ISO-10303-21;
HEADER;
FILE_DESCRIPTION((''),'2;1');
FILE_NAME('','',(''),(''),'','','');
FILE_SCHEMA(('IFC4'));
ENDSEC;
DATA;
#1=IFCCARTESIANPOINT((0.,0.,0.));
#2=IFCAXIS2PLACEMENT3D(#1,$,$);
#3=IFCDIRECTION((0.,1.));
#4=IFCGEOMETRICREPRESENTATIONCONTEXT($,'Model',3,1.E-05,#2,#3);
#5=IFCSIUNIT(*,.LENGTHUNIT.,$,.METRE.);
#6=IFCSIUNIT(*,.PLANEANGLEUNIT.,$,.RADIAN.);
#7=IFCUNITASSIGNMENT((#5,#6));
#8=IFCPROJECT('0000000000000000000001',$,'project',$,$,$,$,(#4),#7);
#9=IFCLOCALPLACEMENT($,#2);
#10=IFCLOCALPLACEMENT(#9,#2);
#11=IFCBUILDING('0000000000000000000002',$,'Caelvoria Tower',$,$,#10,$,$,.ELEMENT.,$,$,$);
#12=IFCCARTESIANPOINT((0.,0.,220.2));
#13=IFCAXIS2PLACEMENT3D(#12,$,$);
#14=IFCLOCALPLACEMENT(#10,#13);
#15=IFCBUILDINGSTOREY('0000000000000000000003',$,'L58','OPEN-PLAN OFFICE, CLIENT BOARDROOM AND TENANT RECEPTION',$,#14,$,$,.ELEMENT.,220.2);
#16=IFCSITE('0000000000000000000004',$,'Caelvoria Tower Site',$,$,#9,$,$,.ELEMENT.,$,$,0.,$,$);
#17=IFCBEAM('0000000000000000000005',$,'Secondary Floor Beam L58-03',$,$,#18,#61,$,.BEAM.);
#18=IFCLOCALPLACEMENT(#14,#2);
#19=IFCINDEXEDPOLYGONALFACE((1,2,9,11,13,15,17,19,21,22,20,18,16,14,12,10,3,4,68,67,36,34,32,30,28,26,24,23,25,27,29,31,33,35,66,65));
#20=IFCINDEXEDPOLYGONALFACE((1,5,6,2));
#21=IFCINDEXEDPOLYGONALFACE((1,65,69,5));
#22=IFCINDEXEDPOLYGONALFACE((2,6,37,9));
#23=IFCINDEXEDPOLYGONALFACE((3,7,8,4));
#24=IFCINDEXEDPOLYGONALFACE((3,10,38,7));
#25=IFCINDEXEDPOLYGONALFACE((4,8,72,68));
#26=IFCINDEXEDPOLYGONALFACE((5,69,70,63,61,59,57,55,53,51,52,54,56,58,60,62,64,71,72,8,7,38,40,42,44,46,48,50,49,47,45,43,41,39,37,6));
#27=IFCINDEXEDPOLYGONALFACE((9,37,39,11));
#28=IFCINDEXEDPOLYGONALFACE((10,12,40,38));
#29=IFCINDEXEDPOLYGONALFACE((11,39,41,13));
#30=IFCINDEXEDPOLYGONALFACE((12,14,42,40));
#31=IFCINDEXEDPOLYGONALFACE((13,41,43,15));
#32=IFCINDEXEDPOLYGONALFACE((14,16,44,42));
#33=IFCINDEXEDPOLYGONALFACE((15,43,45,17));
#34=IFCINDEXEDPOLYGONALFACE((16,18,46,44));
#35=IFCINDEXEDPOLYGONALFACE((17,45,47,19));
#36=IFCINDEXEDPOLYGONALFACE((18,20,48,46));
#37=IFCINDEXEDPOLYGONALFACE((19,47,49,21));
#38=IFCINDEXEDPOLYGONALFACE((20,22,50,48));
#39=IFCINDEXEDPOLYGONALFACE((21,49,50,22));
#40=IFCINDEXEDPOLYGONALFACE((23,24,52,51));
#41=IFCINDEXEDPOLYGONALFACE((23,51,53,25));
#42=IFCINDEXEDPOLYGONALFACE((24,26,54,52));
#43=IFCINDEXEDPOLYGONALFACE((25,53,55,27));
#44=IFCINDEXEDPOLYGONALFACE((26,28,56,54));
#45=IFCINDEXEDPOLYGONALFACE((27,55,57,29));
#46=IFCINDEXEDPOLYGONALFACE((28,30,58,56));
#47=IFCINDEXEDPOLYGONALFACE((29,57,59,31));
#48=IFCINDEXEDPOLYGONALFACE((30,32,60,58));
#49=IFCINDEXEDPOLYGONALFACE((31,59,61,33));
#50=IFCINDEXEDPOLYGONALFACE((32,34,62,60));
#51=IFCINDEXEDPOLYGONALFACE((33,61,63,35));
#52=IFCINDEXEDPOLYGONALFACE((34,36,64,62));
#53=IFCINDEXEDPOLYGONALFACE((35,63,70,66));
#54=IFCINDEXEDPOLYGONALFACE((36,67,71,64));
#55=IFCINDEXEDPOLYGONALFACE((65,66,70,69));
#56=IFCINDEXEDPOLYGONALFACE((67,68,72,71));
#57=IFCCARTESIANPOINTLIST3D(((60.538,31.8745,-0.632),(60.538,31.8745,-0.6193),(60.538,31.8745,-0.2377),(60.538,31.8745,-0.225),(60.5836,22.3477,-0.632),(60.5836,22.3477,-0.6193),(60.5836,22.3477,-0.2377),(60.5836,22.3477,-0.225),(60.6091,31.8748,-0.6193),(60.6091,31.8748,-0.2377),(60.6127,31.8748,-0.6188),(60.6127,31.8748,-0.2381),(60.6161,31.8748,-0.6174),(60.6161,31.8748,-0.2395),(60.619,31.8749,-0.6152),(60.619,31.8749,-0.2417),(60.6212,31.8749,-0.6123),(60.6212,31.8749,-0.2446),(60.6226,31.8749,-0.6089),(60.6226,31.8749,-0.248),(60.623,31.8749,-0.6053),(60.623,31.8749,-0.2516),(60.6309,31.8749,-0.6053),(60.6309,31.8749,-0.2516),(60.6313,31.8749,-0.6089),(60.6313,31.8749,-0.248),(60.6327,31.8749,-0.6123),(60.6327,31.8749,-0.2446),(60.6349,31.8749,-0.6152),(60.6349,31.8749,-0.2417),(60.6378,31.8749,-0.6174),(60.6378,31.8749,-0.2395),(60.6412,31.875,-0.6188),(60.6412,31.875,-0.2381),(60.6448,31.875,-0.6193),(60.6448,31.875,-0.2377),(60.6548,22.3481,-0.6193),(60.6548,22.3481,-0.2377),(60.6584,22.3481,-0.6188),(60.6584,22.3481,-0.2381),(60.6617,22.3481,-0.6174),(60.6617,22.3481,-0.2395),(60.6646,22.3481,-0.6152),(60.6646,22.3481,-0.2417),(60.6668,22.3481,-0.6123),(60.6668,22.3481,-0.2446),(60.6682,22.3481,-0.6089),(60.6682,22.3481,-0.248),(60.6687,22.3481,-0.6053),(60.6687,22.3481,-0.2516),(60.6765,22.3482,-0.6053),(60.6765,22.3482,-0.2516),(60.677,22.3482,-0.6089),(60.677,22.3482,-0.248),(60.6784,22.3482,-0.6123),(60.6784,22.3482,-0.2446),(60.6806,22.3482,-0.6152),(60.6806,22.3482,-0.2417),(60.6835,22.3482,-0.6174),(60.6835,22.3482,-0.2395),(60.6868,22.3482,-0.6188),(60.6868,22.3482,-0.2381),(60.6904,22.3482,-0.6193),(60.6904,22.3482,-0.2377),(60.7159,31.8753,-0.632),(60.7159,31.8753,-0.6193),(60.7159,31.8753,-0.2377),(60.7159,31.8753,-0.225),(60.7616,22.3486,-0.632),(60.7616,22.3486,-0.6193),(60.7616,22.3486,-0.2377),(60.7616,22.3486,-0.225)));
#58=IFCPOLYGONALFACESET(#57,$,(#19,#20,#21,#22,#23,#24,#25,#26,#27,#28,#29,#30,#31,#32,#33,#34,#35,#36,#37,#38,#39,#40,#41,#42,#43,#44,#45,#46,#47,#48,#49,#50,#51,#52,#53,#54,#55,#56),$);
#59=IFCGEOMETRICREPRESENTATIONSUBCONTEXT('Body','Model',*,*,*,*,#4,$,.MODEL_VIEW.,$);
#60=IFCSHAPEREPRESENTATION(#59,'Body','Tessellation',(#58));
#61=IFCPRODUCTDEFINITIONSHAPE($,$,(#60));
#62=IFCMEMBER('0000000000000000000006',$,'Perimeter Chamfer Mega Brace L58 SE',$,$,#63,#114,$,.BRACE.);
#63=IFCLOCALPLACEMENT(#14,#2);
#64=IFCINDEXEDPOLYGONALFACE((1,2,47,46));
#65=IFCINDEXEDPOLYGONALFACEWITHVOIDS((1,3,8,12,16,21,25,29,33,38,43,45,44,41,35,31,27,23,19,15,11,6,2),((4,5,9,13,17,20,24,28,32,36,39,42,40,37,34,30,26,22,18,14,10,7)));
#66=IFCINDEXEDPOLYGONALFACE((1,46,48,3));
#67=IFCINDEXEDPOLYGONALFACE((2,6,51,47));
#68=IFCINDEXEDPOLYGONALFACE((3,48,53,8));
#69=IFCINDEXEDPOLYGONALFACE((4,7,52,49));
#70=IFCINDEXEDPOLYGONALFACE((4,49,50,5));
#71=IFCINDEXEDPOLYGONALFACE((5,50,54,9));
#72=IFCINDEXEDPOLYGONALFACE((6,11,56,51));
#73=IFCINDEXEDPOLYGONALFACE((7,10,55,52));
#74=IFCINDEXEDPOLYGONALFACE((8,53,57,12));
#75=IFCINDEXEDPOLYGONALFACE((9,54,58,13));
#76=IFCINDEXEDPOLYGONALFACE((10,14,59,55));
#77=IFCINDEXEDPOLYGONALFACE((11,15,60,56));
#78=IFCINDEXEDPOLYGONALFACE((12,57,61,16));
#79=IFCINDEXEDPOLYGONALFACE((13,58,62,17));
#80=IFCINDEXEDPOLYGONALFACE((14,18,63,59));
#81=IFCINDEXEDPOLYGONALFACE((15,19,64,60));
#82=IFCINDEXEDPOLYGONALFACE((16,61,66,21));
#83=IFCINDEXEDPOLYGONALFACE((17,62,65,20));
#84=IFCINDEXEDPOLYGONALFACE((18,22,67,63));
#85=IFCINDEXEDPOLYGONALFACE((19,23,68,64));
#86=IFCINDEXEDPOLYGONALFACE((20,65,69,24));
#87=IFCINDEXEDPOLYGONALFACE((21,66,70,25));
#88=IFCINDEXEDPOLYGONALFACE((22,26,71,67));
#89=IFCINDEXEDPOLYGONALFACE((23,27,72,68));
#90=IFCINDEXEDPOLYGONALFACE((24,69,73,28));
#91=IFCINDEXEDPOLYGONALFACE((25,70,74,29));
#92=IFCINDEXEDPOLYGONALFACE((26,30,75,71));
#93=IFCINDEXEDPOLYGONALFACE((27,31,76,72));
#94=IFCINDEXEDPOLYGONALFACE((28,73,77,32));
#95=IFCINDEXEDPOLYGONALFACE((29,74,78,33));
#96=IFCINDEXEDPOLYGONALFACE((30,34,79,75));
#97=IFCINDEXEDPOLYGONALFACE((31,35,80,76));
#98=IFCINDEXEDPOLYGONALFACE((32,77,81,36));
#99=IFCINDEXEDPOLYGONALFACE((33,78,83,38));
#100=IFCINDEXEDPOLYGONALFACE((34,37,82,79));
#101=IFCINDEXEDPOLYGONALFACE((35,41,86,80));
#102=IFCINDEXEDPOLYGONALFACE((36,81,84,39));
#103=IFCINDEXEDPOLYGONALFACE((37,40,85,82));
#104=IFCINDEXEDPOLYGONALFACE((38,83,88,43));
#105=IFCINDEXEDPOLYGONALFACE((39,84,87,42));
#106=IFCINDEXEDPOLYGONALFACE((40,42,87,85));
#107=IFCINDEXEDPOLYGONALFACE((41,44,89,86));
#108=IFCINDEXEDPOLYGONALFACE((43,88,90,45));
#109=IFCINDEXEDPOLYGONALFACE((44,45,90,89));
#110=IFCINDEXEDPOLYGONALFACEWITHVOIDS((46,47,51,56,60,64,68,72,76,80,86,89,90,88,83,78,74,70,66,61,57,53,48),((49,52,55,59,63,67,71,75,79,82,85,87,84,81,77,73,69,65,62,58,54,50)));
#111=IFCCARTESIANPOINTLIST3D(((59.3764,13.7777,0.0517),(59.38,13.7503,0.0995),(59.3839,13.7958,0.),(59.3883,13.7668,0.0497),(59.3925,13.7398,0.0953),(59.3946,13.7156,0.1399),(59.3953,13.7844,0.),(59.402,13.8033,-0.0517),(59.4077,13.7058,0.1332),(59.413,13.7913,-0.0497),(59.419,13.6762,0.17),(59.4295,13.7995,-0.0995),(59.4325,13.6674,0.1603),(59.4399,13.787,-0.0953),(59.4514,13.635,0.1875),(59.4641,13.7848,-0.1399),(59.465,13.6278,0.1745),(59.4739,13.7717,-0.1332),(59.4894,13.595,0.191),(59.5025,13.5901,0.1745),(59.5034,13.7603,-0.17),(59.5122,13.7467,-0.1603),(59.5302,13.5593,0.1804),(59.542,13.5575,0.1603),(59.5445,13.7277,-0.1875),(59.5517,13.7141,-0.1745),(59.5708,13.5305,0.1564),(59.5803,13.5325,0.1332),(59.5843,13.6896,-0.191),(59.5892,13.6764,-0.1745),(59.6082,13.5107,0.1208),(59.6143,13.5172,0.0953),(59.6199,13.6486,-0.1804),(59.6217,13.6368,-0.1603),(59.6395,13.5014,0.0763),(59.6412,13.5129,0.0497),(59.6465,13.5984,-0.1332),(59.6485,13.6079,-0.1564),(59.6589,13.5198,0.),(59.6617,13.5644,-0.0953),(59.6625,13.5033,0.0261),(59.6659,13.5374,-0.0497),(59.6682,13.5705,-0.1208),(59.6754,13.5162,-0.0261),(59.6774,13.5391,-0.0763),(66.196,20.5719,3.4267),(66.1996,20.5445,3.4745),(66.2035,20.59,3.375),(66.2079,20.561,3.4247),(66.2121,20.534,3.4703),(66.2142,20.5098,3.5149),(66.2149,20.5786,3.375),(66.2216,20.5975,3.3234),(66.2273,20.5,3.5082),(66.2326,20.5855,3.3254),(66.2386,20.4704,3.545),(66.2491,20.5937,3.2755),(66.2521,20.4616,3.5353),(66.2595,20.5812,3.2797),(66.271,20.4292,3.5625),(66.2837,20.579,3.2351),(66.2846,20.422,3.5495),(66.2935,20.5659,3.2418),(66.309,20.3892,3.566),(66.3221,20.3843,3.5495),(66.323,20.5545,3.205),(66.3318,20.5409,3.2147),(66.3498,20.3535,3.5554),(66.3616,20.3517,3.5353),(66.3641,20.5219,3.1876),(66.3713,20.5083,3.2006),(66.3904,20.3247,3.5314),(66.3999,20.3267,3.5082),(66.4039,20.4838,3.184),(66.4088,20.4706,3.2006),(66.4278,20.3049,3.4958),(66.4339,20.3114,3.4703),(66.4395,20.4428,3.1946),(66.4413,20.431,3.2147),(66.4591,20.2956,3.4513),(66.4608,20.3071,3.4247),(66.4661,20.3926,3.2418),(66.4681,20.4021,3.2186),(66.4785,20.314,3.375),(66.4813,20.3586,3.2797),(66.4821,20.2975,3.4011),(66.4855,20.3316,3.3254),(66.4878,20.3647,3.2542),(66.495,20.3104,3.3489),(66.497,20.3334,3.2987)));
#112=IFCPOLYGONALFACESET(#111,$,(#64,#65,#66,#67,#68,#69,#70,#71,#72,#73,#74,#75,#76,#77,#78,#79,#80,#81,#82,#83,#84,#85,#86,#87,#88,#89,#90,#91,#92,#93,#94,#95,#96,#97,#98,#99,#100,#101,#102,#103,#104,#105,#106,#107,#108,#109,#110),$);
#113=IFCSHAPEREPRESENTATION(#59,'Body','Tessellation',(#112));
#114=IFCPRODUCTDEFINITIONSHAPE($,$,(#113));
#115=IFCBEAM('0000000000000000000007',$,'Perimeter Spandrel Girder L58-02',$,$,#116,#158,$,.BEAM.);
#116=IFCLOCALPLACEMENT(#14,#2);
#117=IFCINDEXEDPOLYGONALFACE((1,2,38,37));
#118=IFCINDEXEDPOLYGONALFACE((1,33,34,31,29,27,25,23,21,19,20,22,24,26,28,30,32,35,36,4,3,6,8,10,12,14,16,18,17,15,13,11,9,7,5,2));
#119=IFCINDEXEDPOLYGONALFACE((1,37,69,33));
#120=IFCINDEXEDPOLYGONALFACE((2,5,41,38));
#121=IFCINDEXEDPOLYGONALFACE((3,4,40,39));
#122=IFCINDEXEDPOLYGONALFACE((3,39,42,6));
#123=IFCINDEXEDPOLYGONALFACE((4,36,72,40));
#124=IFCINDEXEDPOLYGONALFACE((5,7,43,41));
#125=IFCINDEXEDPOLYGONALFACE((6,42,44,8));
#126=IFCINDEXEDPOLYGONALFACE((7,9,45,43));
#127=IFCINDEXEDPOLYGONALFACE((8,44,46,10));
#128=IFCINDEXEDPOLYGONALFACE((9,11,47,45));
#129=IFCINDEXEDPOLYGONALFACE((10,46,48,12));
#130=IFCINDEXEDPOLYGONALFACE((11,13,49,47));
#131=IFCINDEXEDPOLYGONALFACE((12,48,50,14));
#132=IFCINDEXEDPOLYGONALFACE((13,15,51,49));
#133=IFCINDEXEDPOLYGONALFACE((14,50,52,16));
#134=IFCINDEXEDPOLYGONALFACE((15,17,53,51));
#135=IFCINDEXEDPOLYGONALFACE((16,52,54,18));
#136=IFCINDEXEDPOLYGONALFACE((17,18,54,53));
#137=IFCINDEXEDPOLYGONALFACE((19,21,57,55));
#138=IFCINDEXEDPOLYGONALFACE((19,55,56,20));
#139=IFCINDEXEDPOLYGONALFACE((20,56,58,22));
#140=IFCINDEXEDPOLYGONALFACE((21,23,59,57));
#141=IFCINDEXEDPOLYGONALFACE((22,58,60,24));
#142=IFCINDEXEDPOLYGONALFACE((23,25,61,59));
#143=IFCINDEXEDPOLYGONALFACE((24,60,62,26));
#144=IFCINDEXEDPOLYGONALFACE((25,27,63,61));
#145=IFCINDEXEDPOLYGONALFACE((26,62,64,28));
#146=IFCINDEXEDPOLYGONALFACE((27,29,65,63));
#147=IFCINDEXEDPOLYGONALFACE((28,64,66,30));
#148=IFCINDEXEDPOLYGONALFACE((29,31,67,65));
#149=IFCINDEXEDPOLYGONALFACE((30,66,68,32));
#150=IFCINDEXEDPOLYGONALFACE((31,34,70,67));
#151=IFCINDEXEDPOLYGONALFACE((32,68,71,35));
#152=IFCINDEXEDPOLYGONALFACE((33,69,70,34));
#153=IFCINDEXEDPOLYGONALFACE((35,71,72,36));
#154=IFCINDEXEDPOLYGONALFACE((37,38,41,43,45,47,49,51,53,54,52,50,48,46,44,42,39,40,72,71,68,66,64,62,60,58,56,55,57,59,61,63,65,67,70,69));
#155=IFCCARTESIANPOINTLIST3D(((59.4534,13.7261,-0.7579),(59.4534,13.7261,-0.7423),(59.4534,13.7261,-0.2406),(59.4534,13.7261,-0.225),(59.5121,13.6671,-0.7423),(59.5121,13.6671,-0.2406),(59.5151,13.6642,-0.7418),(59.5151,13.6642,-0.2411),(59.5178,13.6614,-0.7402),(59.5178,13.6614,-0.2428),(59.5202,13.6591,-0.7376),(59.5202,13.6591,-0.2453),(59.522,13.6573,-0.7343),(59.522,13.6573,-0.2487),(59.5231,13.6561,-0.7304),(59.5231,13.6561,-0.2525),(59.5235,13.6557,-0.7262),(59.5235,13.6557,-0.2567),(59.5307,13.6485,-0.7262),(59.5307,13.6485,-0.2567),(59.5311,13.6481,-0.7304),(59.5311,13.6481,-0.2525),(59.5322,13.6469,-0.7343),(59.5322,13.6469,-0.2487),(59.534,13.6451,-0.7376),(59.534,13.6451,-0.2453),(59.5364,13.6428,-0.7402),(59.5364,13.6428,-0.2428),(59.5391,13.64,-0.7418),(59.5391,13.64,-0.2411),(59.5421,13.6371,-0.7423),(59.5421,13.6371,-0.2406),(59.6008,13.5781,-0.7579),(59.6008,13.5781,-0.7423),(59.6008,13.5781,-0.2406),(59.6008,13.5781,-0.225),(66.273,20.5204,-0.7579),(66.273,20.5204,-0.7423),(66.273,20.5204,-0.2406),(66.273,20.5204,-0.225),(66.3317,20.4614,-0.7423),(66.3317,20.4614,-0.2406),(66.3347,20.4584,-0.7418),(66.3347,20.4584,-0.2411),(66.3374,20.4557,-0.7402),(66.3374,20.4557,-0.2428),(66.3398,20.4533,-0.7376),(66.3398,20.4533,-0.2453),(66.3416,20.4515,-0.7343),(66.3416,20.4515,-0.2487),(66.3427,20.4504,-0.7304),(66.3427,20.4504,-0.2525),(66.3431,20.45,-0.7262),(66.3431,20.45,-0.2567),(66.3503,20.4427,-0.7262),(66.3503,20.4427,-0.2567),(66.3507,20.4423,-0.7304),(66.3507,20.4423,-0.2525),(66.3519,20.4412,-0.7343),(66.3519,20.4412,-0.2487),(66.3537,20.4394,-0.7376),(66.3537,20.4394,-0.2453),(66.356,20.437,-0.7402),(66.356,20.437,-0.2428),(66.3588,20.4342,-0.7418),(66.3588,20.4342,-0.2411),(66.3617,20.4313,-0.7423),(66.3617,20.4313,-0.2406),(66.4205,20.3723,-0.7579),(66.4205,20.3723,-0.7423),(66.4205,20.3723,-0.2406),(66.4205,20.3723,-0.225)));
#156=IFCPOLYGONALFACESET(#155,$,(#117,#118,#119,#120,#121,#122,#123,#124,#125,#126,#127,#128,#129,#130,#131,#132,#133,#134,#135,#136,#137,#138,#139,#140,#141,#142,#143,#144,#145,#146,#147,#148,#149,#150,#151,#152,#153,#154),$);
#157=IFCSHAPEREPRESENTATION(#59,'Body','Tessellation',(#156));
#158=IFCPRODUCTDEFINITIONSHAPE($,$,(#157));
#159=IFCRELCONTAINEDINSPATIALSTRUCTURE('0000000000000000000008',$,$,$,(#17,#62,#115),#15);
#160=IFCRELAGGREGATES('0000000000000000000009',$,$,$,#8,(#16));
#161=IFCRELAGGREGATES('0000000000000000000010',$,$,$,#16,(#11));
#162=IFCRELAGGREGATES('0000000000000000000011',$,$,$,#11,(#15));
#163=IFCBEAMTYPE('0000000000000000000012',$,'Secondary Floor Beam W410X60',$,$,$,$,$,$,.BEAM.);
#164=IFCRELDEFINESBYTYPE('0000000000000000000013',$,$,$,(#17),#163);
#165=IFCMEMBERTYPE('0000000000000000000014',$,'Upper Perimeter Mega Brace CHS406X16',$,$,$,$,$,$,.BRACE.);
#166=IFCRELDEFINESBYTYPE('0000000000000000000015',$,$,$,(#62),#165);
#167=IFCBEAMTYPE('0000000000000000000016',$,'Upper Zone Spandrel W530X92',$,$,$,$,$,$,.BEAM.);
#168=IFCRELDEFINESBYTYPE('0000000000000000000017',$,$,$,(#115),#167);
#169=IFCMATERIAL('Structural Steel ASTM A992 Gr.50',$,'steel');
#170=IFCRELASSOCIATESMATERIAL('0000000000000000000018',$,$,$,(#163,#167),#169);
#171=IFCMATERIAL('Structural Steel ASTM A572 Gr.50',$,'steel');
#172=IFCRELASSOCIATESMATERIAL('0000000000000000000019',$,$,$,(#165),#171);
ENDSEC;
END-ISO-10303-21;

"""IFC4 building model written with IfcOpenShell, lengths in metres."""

from ifc_helpers import new_model, si_unit, direction, frame, origin, origin_2d, place, context, subcontext, project, spatial, hollow_circle, i_section, extrude, material, material_profile, profile_set, type_object, element, save


model = new_model("IFC4")

# Units and contexts
model_context = context("Model", 3, precision=1e-05, world=origin(), true_north=direction((0.0, 1.0)))
body_context = subcontext(model_context, "Body", "Model", "MODEL_VIEW")
ifc_project = project(units=[si_unit("LENGTHUNIT", "METRE"), si_unit("PLANEANGLEUNIT", "RADIAN")], contexts=[model_context])

# Site, building, storey
site_placement = place(None, origin())
site = spatial("IfcSite", under=ifc_project, at=site_placement, Name="Caelvoria Tower Site", CompositionType="ELEMENT", RefElevation=0.0)
building_placement = place(site_placement, origin())
building = spatial("IfcBuilding", under=site, at=building_placement, Name="Caelvoria Tower", CompositionType="ELEMENT")
storey_placement = place(building_placement, frame((0.0, 0.0, 220.2)))
storey = spatial("IfcBuildingStorey", under=building, at=storey_placement, Name="L58", Description="OPEN-PLAN OFFICE, CLIENT BOARDROOM AND TENANT RECEPTION", CompositionType="ELEMENT", Elevation=220.2)

# Shared definitions
ifc_material_1 = material(Name="Structural Steel ASTM A572 Gr.50", Category="steel")
ifc_material_2 = material(Name="Structural Steel ASTM A992 Gr.50", Category="steel")

# Beam
ifc_material_profile_1 = material_profile(ifc_material_2, i_section(OverallWidth=0.178, OverallDepth=0.407, WebThickness=0.0078, FlangeThickness=0.0127, FilletRadius=0.0139, at=origin_2d()), Name="Structural Steel ASTM A992 Gr.50")
ifc_profile_set_1 = profile_set([ifc_material_profile_1], Name="W410X60 - Structural Steel ASTM A992 Gr.50")
beam_type_1 = type_object("IfcBeamType", Name="Secondary Floor Beam W410X60", PredefinedType="BEAM", material=ifc_profile_set_1)
beam_1_placement = place(storey_placement, frame((60.6726, 22.3481, -0.4285), z_axis=(-0.004792, 0.999989, 0.0), x_axis=(-0.999989, -0.004792, 0.0)))
element("IfcBeam", 1, at=beam_1_placement, inside=storey, type_object=beam_type_1, Name="Secondary Floor Beam L58-03", PredefinedType="BEAM", context=body_context, shape_type="SweptSolid", body=[
    extrude(i_section(OverallWidth=0.178, OverallDepth=0.407, WebThickness=0.0078, FlangeThickness=0.0127, FilletRadius=0.0139, at=origin_2d()), origin(), (0.0, 0.0, 1.0), 9.5269),
])

# Member
ifc_material_profile_2 = material_profile(ifc_material_1, hollow_circle(Radius=0.2029, WallThickness=0.0161, at=origin_2d()), Name="Structural Steel ASTM A572 Gr.50")
ifc_profile_set_2 = profile_set([ifc_material_profile_2], Name="CHS406X16 - Structural Steel ASTM A572 Gr.50")
member_type = type_object("IfcMemberType", Name="Upper Perimeter Mega Brace CHS406X16", PredefinedType="BRACE", material=ifc_profile_set_2)
member_placement = place(storey_placement, frame((59.5271, 13.6521, 0.0), z_axis=(0.668527, 0.666038, 0.330853), x_axis=(-0.705787, 0.708424, 0.0)))
element("IfcMember", 2, at=member_placement, inside=storey, type_object=member_type, Name="Perimeter Chamfer Mega Brace L58 SE", PredefinedType="BRACE", context=body_context, shape_type="SweptSolid", body=[
    extrude(hollow_circle(Radius=0.2029, WallThickness=0.0161, at=origin_2d()), origin(), (0.0, 0.0, 1.0), 10.2009),
])

# Beam
ifc_material_profile_3 = material_profile(ifc_material_2, i_section(OverallWidth=0.209, OverallDepth=0.533, WebThickness=0.0103, FlangeThickness=0.0156, FilletRadius=0.0161, at=origin_2d()), Name="Structural Steel ASTM A992 Gr.50")
ifc_profile_set_3 = profile_set([ifc_material_profile_3], Name="W530X92 - Structural Steel ASTM A992 Gr.50")
beam_type_2 = type_object("IfcBeamType", Name="Upper Zone Spandrel W530X92", PredefinedType="BEAM", material=ifc_profile_set_3)
beam_2_placement = place(storey_placement, frame((59.5271, 13.6521, -0.4915), z_axis=(0.708424, 0.705787, 0.0), x_axis=(-0.705787, 0.708424, 0.0)))
element("IfcBeam", 3, at=beam_2_placement, inside=storey, type_object=beam_type_2, Name="Perimeter Spandrel Girder L58-02", PredefinedType="BEAM", context=body_context, shape_type="SweptSolid", body=[
    extrude(i_section(OverallWidth=0.209, OverallDepth=0.533, WebThickness=0.0103, FlangeThickness=0.0156, FilletRadius=0.0161, at=origin_2d()), origin(), (0.0, 0.0, 1.0), 9.6265),
])

save(model, "model.ifc")
